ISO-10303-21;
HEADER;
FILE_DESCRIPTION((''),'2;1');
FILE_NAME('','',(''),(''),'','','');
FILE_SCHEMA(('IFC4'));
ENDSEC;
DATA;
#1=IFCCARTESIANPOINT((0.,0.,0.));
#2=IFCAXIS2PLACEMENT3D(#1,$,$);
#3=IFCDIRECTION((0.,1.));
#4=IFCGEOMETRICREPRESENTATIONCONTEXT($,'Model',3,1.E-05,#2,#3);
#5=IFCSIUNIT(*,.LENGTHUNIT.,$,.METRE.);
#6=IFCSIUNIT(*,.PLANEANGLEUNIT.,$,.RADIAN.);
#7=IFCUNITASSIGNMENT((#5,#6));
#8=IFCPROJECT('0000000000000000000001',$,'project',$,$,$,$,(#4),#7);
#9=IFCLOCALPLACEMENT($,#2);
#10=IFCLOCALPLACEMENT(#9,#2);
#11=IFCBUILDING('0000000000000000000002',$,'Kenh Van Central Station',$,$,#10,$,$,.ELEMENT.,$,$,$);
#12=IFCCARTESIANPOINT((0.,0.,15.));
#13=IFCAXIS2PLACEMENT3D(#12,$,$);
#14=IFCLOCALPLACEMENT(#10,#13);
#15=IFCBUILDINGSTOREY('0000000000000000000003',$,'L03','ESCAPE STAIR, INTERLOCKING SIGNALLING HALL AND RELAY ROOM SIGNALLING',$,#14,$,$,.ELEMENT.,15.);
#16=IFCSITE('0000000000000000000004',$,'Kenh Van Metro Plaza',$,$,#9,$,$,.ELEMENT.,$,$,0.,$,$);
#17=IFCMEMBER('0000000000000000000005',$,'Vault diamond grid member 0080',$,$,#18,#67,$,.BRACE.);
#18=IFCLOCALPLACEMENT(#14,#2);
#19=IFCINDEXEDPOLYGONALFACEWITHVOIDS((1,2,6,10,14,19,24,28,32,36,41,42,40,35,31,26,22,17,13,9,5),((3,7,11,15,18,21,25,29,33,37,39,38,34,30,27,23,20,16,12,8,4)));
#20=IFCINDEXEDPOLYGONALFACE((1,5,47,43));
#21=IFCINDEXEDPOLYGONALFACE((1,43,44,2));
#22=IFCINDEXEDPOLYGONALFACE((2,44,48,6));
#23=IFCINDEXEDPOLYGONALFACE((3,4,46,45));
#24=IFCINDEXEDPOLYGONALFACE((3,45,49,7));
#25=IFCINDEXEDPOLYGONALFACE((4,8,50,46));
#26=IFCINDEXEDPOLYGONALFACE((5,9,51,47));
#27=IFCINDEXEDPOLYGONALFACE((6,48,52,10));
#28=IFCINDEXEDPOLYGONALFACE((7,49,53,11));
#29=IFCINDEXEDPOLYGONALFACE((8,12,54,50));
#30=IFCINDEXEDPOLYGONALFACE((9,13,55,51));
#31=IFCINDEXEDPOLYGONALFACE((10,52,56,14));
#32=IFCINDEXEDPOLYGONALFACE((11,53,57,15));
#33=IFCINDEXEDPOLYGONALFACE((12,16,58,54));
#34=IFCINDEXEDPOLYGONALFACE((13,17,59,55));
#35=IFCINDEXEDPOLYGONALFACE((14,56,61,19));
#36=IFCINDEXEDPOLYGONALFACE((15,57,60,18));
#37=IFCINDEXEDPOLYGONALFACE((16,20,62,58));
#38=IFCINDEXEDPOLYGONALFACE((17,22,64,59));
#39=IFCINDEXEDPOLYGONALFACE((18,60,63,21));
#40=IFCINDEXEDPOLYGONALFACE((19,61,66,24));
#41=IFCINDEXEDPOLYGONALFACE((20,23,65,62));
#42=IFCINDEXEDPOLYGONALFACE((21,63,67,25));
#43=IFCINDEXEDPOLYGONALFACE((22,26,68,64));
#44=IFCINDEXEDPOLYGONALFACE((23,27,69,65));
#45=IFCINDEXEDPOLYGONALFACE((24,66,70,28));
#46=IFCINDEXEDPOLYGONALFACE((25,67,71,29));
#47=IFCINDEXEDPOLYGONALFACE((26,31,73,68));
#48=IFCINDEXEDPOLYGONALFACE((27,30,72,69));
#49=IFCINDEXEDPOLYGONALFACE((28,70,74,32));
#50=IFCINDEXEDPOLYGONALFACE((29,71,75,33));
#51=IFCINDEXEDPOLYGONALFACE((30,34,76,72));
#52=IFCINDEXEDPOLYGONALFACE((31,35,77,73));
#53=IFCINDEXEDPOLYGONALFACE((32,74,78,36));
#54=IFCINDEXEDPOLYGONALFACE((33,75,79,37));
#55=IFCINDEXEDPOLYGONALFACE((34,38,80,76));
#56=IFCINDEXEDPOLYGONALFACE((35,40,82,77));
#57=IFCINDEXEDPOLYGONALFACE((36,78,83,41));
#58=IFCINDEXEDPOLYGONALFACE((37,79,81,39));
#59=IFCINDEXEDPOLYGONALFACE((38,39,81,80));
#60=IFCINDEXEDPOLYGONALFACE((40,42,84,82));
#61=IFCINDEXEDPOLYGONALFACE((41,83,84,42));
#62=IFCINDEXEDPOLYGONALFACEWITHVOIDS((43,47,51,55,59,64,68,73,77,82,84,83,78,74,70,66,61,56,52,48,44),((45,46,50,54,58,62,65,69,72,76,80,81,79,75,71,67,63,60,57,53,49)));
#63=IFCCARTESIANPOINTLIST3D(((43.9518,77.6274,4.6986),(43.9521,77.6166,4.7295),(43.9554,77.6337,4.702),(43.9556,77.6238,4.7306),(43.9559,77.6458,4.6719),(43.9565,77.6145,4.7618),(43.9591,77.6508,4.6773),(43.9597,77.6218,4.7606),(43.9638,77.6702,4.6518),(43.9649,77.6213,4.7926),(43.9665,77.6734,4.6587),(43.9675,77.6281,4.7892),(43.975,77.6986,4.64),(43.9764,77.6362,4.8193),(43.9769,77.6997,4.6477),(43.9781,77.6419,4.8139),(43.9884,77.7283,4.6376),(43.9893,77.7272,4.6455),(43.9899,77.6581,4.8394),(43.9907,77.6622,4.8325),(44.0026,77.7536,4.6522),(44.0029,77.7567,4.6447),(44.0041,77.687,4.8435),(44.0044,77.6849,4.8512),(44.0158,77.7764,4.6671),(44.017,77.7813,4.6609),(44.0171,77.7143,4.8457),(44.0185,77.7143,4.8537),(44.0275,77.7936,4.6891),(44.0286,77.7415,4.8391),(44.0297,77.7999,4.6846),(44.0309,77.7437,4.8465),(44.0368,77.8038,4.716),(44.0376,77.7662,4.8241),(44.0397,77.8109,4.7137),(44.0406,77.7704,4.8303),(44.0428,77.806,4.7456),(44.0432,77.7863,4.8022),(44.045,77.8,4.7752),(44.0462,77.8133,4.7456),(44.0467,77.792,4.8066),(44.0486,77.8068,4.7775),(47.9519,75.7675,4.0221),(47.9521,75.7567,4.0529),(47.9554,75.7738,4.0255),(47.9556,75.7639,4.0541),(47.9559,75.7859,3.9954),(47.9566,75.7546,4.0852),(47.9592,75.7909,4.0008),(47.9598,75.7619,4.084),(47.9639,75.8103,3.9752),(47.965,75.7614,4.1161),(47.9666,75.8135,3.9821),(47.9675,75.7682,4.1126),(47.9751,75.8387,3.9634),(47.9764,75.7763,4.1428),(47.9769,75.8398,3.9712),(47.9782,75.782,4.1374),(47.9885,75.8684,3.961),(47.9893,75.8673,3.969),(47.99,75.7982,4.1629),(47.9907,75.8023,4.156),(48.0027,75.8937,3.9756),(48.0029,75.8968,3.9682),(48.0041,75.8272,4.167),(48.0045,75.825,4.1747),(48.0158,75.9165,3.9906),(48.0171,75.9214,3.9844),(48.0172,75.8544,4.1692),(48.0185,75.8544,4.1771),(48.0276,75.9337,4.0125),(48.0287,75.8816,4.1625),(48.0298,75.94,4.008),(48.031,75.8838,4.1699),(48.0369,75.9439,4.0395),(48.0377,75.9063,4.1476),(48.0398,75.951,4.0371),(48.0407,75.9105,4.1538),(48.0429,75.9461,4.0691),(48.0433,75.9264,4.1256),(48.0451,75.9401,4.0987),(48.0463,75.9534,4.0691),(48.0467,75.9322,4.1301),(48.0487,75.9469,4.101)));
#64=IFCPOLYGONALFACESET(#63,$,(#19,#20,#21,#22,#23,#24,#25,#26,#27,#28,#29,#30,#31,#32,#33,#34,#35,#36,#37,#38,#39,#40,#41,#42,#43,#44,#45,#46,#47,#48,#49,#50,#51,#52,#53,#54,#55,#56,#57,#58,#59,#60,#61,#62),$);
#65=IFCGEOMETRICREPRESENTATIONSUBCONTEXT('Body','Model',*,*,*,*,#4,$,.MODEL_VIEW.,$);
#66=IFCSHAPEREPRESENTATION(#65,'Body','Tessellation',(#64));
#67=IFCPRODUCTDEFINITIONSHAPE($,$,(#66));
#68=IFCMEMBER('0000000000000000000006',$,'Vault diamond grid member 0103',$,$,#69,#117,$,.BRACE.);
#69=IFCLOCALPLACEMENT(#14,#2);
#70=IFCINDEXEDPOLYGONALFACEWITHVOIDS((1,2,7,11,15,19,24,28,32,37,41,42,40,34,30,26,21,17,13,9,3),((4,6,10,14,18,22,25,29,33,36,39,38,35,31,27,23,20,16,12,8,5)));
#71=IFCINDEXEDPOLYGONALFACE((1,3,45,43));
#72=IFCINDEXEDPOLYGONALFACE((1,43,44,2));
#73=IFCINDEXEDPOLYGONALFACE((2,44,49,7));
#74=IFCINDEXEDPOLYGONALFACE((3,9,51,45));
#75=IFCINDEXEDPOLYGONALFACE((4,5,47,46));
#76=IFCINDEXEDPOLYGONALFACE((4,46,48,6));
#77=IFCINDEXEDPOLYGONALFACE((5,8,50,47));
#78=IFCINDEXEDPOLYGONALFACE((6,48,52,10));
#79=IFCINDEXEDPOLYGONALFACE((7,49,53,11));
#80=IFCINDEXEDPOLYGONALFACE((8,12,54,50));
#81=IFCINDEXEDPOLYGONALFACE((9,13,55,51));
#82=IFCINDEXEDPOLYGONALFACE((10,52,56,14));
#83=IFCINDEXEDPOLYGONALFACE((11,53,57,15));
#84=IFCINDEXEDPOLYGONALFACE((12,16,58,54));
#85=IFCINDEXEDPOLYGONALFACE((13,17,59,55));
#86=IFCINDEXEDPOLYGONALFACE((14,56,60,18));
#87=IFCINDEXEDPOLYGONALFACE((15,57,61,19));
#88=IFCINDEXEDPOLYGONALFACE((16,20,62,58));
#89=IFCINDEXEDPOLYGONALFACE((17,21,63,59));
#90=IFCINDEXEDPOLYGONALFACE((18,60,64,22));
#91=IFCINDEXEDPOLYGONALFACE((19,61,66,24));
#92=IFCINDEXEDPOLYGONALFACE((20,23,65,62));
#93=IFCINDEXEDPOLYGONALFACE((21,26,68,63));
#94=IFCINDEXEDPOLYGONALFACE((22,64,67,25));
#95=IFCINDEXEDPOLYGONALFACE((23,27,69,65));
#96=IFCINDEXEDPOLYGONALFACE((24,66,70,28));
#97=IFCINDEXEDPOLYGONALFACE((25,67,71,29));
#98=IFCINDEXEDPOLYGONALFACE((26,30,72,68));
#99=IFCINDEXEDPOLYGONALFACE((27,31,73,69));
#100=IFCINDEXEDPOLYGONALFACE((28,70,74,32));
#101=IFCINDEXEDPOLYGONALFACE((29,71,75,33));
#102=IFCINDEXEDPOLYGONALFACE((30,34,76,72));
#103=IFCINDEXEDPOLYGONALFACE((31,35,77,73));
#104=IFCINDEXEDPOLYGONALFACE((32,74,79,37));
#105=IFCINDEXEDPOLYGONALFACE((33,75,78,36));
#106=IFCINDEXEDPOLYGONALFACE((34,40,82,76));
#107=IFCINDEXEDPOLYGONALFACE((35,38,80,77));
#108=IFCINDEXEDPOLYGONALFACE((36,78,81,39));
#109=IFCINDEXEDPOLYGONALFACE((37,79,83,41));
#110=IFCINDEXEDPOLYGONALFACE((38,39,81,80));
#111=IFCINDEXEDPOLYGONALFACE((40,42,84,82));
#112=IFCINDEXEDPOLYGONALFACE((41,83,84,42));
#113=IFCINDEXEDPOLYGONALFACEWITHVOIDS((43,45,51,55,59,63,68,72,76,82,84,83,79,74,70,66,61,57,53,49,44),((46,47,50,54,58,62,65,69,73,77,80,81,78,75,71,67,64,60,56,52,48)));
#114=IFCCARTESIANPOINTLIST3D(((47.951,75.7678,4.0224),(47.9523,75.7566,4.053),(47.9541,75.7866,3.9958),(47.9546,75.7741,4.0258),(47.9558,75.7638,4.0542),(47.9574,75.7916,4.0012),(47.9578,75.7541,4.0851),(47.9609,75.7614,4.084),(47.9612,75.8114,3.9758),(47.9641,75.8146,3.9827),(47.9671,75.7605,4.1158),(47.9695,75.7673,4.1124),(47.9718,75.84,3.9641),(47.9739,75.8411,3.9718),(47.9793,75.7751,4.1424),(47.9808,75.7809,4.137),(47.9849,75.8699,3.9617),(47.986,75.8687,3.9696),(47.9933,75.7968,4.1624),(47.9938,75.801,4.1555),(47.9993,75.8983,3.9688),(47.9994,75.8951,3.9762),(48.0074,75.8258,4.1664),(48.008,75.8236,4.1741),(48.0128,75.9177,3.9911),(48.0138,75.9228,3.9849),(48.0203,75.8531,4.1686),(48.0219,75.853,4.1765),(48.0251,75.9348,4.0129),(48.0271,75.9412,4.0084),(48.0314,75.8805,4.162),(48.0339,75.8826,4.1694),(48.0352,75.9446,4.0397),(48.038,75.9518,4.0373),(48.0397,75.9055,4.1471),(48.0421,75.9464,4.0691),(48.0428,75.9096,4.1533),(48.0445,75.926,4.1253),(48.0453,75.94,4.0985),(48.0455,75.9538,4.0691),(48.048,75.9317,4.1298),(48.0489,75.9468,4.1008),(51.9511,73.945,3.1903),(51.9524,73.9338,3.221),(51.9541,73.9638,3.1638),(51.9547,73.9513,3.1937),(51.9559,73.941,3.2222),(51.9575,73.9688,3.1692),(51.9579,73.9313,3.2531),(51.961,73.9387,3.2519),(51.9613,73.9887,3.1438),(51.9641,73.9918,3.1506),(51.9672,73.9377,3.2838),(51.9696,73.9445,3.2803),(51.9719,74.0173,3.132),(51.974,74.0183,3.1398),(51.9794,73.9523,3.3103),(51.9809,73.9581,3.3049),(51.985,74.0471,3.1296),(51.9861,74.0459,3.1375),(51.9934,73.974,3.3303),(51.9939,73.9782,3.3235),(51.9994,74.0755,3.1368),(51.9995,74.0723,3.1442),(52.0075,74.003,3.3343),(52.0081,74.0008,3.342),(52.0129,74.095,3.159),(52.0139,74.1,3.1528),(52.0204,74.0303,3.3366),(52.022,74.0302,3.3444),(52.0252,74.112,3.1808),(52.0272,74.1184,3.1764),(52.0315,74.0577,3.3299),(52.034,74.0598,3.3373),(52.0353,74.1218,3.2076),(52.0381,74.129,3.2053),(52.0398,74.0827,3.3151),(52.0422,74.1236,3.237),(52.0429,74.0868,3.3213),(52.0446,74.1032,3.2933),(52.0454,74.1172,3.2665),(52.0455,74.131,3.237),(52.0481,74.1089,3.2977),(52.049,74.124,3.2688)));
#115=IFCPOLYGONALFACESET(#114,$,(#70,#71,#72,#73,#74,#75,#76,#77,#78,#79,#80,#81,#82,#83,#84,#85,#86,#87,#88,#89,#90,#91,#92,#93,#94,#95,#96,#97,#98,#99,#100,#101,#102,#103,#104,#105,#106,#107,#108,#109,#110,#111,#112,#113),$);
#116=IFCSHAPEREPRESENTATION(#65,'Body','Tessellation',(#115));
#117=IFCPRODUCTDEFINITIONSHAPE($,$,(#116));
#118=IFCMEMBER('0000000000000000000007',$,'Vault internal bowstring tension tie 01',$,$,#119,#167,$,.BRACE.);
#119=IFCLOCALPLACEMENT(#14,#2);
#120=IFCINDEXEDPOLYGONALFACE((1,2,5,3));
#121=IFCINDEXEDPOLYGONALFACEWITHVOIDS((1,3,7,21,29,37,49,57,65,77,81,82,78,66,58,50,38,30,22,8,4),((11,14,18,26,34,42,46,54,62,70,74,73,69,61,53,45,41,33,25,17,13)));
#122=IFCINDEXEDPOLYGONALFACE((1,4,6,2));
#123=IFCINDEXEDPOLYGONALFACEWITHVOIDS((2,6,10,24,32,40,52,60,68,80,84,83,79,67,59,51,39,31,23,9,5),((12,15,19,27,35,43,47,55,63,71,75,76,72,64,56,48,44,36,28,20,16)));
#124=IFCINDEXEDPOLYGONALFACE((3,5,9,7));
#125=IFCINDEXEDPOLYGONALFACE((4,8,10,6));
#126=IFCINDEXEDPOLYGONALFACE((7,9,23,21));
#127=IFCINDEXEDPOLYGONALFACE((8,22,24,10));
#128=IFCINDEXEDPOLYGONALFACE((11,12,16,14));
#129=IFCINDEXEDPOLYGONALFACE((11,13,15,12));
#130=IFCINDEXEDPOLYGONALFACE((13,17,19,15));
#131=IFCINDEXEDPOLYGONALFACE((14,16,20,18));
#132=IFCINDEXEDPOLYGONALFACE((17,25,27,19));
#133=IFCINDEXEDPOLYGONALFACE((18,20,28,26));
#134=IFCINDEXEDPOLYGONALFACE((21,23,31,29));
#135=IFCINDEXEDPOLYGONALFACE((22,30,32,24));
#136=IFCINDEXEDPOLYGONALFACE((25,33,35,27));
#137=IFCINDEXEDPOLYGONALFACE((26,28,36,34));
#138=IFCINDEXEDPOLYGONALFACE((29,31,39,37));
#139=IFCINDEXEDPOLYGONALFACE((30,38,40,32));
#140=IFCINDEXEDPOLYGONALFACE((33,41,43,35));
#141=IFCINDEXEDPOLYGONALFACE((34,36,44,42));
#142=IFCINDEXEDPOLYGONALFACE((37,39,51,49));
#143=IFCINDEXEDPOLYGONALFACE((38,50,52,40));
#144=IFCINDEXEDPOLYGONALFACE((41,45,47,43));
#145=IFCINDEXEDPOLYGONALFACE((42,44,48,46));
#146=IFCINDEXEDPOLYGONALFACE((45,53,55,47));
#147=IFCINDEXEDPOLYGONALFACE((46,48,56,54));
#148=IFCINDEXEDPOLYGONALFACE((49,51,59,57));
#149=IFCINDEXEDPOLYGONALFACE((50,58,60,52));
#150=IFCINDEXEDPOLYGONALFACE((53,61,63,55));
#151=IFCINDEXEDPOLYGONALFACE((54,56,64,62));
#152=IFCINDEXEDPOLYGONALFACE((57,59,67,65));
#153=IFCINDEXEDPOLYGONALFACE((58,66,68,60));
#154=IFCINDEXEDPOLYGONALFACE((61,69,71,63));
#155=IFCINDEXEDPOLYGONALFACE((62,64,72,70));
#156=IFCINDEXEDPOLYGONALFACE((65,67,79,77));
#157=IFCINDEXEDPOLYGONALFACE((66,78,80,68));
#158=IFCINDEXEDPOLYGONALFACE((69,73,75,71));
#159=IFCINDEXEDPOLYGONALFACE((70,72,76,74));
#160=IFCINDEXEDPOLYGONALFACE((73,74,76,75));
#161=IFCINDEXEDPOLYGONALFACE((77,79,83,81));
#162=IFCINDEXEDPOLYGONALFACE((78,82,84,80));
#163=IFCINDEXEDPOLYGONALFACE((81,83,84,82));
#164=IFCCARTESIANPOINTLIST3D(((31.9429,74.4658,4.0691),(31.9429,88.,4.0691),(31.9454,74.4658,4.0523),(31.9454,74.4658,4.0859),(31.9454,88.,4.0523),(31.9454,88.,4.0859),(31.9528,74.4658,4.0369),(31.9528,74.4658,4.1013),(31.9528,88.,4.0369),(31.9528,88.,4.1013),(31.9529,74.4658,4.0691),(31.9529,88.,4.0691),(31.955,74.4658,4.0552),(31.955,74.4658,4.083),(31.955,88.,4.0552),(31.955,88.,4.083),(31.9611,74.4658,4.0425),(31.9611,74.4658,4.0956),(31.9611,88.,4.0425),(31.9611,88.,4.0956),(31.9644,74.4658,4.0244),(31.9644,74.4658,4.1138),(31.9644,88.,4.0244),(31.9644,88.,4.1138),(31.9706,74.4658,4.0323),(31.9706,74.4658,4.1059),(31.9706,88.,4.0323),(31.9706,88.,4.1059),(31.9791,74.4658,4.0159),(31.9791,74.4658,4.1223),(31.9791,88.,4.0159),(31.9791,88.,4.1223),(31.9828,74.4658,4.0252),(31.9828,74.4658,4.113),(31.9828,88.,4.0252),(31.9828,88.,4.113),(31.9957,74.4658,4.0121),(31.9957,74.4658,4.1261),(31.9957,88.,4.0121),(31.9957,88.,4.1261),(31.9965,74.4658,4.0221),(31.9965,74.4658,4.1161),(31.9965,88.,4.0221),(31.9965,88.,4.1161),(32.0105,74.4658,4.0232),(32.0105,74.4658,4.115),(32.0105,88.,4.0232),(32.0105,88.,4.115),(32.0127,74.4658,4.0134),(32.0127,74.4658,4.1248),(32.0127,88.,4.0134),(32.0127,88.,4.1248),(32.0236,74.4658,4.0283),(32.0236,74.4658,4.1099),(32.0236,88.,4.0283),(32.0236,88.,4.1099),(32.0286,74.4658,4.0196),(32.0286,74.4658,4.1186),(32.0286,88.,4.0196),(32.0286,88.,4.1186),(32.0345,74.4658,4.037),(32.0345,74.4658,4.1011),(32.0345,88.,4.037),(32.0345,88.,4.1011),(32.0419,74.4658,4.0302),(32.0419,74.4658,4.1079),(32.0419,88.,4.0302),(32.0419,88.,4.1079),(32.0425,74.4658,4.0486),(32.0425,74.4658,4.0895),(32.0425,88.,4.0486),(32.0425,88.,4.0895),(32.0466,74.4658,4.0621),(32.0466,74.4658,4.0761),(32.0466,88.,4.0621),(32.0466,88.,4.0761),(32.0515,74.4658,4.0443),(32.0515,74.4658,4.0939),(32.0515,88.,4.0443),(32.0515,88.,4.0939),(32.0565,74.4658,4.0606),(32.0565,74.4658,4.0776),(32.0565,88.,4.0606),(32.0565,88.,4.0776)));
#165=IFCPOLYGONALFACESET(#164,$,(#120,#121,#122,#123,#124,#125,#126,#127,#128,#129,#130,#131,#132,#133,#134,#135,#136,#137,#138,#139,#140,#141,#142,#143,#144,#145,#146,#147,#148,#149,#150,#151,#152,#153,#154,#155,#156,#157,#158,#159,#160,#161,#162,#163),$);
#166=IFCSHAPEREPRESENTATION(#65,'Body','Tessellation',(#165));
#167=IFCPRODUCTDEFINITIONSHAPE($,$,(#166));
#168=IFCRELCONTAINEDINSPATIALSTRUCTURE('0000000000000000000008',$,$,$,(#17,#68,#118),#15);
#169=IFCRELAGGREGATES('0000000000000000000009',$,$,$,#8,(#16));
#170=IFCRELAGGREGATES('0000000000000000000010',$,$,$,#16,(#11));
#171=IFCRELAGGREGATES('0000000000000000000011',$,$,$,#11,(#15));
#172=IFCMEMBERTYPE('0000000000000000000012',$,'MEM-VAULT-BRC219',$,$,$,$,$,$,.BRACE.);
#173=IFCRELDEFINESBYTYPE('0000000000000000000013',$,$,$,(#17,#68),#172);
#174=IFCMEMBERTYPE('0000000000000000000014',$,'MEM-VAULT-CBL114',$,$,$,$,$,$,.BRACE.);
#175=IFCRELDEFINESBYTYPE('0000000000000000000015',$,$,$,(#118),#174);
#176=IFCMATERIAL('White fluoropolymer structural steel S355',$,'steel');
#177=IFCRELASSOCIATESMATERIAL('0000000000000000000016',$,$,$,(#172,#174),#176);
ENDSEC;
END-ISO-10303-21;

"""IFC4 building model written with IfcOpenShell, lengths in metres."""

from ifc_helpers import new_model, si_unit, direction, frame, origin, origin_2d, place, context, subcontext, project, spatial, hollow_circle, extrude, material, material_profile, profile_set, type_object, element, save


model = new_model("IFC4")

# Units and contexts
model_context = context("Model", 3, precision=1e-05, world=origin(), true_north=direction((0.0, 1.0)))
body_context = subcontext(model_context, "Body", "Model", "MODEL_VIEW")
ifc_project = project(units=[si_unit("LENGTHUNIT", "METRE"), si_unit("PLANEANGLEUNIT", "RADIAN")], contexts=[model_context])

# Site, building, storey
site_placement = place(None, origin())
site = spatial("IfcSite", under=ifc_project, at=site_placement, Name="Kenh Van Metro Plaza", CompositionType="ELEMENT", RefElevation=0.0)
building_placement = place(site_placement, origin())
building = spatial("IfcBuilding", under=site, at=building_placement, Name="Kenh Van Central Station", CompositionType="ELEMENT")
storey_placement = place(building_placement, frame((0.0, 0.0, 15.0)))
storey = spatial("IfcBuildingStorey", under=building, at=storey_placement, Name="L03", Description="ESCAPE STAIR, INTERLOCKING SIGNALLING HALL AND RELAY ROOM SIGNALLING", CompositionType="ELEMENT", Elevation=15.0)

# Shared definitions
ifc_material_1 = material(Name="White fluoropolymer structural steel S355", Category="steel")

# Members
ifc_material_profile_1 = material_profile(ifc_material_1, hollow_circle(Radius=0.1096, WallThickness=0.0081, at=origin_2d()), Name="CHS 219.1x8")
ifc_profile_set_1 = profile_set([ifc_material_profile_1], Name="White fluoropolymer structural steel S355")
member_type_1 = type_object("IfcMemberType", Name="MEM-VAULT-BRC219", PredefinedType="BRACE", material=ifc_profile_set_1)
member_1_placement = place(storey_placement, frame((44.0, 77.7139, 4.7456), z_axis=(0.896294, -0.416746, -0.151589), x_axis=(0.421619, 0.906773, 0.0)))
element("IfcMember", 1, at=member_1_placement, inside=storey, type_object=member_type_1, Name="Vault diamond grid member 0080", PredefinedType="BRACE", context=body_context, shape_type="SweptSolid", body=[
    extrude(hollow_circle(Radius=0.1096, WallThickness=0.0081, at=origin_2d()), origin(), (0.0, 0.0, 1.0), 4.4629),
])
member_2_placement = place(storey_placement, frame((48.0, 75.854, 4.0691), z_axis=(0.894098, -0.40743, -0.185979), x_axis=(0.414665, 0.909974, 0.0)))
element("IfcMember", 2, at=member_2_placement, inside=storey, type_object=member_type_1, Name="Vault diamond grid member 0103", PredefinedType="BRACE", context=body_context, shape_type="SweptSolid", body=[
    extrude(hollow_circle(Radius=0.1096, WallThickness=0.0081, at=origin_2d()), origin(), (0.0, 0.0, 1.0), 4.4739),
])
ifc_material_profile_2 = material_profile(ifc_material_1, hollow_circle(Radius=0.0571, WallThickness=0.01, at=origin_2d()), Name="CHS 114.3x10")
ifc_profile_set_2 = profile_set([ifc_material_profile_2], Name="White fluoropolymer structural steel S355")
member_type_2 = type_object("IfcMemberType", Name="MEM-VAULT-CBL114", PredefinedType="BRACE", material=ifc_profile_set_2)
for number, where, z_axis, x_axis, name in (
    (3, (32.0, 74.4658, 4.0691), (0.0, 1.0, 0.0), (-1.0, 0.0, 0.0), "Vault internal bowstring tension tie 01"),
):
    element("IfcMember", number, at=place(storey_placement, frame(where, z_axis=z_axis, x_axis=x_axis)), inside=storey, type_object=member_type_2, Name=name, PredefinedType="BRACE", context=body_context, shape_type="SweptSolid", body=[
        extrude(hollow_circle(Radius=0.0571, WallThickness=0.01, at=origin_2d()), origin(), (0.0, 0.0, 1.0), 13.5342),
    ])

save(model, "model.ifc")
